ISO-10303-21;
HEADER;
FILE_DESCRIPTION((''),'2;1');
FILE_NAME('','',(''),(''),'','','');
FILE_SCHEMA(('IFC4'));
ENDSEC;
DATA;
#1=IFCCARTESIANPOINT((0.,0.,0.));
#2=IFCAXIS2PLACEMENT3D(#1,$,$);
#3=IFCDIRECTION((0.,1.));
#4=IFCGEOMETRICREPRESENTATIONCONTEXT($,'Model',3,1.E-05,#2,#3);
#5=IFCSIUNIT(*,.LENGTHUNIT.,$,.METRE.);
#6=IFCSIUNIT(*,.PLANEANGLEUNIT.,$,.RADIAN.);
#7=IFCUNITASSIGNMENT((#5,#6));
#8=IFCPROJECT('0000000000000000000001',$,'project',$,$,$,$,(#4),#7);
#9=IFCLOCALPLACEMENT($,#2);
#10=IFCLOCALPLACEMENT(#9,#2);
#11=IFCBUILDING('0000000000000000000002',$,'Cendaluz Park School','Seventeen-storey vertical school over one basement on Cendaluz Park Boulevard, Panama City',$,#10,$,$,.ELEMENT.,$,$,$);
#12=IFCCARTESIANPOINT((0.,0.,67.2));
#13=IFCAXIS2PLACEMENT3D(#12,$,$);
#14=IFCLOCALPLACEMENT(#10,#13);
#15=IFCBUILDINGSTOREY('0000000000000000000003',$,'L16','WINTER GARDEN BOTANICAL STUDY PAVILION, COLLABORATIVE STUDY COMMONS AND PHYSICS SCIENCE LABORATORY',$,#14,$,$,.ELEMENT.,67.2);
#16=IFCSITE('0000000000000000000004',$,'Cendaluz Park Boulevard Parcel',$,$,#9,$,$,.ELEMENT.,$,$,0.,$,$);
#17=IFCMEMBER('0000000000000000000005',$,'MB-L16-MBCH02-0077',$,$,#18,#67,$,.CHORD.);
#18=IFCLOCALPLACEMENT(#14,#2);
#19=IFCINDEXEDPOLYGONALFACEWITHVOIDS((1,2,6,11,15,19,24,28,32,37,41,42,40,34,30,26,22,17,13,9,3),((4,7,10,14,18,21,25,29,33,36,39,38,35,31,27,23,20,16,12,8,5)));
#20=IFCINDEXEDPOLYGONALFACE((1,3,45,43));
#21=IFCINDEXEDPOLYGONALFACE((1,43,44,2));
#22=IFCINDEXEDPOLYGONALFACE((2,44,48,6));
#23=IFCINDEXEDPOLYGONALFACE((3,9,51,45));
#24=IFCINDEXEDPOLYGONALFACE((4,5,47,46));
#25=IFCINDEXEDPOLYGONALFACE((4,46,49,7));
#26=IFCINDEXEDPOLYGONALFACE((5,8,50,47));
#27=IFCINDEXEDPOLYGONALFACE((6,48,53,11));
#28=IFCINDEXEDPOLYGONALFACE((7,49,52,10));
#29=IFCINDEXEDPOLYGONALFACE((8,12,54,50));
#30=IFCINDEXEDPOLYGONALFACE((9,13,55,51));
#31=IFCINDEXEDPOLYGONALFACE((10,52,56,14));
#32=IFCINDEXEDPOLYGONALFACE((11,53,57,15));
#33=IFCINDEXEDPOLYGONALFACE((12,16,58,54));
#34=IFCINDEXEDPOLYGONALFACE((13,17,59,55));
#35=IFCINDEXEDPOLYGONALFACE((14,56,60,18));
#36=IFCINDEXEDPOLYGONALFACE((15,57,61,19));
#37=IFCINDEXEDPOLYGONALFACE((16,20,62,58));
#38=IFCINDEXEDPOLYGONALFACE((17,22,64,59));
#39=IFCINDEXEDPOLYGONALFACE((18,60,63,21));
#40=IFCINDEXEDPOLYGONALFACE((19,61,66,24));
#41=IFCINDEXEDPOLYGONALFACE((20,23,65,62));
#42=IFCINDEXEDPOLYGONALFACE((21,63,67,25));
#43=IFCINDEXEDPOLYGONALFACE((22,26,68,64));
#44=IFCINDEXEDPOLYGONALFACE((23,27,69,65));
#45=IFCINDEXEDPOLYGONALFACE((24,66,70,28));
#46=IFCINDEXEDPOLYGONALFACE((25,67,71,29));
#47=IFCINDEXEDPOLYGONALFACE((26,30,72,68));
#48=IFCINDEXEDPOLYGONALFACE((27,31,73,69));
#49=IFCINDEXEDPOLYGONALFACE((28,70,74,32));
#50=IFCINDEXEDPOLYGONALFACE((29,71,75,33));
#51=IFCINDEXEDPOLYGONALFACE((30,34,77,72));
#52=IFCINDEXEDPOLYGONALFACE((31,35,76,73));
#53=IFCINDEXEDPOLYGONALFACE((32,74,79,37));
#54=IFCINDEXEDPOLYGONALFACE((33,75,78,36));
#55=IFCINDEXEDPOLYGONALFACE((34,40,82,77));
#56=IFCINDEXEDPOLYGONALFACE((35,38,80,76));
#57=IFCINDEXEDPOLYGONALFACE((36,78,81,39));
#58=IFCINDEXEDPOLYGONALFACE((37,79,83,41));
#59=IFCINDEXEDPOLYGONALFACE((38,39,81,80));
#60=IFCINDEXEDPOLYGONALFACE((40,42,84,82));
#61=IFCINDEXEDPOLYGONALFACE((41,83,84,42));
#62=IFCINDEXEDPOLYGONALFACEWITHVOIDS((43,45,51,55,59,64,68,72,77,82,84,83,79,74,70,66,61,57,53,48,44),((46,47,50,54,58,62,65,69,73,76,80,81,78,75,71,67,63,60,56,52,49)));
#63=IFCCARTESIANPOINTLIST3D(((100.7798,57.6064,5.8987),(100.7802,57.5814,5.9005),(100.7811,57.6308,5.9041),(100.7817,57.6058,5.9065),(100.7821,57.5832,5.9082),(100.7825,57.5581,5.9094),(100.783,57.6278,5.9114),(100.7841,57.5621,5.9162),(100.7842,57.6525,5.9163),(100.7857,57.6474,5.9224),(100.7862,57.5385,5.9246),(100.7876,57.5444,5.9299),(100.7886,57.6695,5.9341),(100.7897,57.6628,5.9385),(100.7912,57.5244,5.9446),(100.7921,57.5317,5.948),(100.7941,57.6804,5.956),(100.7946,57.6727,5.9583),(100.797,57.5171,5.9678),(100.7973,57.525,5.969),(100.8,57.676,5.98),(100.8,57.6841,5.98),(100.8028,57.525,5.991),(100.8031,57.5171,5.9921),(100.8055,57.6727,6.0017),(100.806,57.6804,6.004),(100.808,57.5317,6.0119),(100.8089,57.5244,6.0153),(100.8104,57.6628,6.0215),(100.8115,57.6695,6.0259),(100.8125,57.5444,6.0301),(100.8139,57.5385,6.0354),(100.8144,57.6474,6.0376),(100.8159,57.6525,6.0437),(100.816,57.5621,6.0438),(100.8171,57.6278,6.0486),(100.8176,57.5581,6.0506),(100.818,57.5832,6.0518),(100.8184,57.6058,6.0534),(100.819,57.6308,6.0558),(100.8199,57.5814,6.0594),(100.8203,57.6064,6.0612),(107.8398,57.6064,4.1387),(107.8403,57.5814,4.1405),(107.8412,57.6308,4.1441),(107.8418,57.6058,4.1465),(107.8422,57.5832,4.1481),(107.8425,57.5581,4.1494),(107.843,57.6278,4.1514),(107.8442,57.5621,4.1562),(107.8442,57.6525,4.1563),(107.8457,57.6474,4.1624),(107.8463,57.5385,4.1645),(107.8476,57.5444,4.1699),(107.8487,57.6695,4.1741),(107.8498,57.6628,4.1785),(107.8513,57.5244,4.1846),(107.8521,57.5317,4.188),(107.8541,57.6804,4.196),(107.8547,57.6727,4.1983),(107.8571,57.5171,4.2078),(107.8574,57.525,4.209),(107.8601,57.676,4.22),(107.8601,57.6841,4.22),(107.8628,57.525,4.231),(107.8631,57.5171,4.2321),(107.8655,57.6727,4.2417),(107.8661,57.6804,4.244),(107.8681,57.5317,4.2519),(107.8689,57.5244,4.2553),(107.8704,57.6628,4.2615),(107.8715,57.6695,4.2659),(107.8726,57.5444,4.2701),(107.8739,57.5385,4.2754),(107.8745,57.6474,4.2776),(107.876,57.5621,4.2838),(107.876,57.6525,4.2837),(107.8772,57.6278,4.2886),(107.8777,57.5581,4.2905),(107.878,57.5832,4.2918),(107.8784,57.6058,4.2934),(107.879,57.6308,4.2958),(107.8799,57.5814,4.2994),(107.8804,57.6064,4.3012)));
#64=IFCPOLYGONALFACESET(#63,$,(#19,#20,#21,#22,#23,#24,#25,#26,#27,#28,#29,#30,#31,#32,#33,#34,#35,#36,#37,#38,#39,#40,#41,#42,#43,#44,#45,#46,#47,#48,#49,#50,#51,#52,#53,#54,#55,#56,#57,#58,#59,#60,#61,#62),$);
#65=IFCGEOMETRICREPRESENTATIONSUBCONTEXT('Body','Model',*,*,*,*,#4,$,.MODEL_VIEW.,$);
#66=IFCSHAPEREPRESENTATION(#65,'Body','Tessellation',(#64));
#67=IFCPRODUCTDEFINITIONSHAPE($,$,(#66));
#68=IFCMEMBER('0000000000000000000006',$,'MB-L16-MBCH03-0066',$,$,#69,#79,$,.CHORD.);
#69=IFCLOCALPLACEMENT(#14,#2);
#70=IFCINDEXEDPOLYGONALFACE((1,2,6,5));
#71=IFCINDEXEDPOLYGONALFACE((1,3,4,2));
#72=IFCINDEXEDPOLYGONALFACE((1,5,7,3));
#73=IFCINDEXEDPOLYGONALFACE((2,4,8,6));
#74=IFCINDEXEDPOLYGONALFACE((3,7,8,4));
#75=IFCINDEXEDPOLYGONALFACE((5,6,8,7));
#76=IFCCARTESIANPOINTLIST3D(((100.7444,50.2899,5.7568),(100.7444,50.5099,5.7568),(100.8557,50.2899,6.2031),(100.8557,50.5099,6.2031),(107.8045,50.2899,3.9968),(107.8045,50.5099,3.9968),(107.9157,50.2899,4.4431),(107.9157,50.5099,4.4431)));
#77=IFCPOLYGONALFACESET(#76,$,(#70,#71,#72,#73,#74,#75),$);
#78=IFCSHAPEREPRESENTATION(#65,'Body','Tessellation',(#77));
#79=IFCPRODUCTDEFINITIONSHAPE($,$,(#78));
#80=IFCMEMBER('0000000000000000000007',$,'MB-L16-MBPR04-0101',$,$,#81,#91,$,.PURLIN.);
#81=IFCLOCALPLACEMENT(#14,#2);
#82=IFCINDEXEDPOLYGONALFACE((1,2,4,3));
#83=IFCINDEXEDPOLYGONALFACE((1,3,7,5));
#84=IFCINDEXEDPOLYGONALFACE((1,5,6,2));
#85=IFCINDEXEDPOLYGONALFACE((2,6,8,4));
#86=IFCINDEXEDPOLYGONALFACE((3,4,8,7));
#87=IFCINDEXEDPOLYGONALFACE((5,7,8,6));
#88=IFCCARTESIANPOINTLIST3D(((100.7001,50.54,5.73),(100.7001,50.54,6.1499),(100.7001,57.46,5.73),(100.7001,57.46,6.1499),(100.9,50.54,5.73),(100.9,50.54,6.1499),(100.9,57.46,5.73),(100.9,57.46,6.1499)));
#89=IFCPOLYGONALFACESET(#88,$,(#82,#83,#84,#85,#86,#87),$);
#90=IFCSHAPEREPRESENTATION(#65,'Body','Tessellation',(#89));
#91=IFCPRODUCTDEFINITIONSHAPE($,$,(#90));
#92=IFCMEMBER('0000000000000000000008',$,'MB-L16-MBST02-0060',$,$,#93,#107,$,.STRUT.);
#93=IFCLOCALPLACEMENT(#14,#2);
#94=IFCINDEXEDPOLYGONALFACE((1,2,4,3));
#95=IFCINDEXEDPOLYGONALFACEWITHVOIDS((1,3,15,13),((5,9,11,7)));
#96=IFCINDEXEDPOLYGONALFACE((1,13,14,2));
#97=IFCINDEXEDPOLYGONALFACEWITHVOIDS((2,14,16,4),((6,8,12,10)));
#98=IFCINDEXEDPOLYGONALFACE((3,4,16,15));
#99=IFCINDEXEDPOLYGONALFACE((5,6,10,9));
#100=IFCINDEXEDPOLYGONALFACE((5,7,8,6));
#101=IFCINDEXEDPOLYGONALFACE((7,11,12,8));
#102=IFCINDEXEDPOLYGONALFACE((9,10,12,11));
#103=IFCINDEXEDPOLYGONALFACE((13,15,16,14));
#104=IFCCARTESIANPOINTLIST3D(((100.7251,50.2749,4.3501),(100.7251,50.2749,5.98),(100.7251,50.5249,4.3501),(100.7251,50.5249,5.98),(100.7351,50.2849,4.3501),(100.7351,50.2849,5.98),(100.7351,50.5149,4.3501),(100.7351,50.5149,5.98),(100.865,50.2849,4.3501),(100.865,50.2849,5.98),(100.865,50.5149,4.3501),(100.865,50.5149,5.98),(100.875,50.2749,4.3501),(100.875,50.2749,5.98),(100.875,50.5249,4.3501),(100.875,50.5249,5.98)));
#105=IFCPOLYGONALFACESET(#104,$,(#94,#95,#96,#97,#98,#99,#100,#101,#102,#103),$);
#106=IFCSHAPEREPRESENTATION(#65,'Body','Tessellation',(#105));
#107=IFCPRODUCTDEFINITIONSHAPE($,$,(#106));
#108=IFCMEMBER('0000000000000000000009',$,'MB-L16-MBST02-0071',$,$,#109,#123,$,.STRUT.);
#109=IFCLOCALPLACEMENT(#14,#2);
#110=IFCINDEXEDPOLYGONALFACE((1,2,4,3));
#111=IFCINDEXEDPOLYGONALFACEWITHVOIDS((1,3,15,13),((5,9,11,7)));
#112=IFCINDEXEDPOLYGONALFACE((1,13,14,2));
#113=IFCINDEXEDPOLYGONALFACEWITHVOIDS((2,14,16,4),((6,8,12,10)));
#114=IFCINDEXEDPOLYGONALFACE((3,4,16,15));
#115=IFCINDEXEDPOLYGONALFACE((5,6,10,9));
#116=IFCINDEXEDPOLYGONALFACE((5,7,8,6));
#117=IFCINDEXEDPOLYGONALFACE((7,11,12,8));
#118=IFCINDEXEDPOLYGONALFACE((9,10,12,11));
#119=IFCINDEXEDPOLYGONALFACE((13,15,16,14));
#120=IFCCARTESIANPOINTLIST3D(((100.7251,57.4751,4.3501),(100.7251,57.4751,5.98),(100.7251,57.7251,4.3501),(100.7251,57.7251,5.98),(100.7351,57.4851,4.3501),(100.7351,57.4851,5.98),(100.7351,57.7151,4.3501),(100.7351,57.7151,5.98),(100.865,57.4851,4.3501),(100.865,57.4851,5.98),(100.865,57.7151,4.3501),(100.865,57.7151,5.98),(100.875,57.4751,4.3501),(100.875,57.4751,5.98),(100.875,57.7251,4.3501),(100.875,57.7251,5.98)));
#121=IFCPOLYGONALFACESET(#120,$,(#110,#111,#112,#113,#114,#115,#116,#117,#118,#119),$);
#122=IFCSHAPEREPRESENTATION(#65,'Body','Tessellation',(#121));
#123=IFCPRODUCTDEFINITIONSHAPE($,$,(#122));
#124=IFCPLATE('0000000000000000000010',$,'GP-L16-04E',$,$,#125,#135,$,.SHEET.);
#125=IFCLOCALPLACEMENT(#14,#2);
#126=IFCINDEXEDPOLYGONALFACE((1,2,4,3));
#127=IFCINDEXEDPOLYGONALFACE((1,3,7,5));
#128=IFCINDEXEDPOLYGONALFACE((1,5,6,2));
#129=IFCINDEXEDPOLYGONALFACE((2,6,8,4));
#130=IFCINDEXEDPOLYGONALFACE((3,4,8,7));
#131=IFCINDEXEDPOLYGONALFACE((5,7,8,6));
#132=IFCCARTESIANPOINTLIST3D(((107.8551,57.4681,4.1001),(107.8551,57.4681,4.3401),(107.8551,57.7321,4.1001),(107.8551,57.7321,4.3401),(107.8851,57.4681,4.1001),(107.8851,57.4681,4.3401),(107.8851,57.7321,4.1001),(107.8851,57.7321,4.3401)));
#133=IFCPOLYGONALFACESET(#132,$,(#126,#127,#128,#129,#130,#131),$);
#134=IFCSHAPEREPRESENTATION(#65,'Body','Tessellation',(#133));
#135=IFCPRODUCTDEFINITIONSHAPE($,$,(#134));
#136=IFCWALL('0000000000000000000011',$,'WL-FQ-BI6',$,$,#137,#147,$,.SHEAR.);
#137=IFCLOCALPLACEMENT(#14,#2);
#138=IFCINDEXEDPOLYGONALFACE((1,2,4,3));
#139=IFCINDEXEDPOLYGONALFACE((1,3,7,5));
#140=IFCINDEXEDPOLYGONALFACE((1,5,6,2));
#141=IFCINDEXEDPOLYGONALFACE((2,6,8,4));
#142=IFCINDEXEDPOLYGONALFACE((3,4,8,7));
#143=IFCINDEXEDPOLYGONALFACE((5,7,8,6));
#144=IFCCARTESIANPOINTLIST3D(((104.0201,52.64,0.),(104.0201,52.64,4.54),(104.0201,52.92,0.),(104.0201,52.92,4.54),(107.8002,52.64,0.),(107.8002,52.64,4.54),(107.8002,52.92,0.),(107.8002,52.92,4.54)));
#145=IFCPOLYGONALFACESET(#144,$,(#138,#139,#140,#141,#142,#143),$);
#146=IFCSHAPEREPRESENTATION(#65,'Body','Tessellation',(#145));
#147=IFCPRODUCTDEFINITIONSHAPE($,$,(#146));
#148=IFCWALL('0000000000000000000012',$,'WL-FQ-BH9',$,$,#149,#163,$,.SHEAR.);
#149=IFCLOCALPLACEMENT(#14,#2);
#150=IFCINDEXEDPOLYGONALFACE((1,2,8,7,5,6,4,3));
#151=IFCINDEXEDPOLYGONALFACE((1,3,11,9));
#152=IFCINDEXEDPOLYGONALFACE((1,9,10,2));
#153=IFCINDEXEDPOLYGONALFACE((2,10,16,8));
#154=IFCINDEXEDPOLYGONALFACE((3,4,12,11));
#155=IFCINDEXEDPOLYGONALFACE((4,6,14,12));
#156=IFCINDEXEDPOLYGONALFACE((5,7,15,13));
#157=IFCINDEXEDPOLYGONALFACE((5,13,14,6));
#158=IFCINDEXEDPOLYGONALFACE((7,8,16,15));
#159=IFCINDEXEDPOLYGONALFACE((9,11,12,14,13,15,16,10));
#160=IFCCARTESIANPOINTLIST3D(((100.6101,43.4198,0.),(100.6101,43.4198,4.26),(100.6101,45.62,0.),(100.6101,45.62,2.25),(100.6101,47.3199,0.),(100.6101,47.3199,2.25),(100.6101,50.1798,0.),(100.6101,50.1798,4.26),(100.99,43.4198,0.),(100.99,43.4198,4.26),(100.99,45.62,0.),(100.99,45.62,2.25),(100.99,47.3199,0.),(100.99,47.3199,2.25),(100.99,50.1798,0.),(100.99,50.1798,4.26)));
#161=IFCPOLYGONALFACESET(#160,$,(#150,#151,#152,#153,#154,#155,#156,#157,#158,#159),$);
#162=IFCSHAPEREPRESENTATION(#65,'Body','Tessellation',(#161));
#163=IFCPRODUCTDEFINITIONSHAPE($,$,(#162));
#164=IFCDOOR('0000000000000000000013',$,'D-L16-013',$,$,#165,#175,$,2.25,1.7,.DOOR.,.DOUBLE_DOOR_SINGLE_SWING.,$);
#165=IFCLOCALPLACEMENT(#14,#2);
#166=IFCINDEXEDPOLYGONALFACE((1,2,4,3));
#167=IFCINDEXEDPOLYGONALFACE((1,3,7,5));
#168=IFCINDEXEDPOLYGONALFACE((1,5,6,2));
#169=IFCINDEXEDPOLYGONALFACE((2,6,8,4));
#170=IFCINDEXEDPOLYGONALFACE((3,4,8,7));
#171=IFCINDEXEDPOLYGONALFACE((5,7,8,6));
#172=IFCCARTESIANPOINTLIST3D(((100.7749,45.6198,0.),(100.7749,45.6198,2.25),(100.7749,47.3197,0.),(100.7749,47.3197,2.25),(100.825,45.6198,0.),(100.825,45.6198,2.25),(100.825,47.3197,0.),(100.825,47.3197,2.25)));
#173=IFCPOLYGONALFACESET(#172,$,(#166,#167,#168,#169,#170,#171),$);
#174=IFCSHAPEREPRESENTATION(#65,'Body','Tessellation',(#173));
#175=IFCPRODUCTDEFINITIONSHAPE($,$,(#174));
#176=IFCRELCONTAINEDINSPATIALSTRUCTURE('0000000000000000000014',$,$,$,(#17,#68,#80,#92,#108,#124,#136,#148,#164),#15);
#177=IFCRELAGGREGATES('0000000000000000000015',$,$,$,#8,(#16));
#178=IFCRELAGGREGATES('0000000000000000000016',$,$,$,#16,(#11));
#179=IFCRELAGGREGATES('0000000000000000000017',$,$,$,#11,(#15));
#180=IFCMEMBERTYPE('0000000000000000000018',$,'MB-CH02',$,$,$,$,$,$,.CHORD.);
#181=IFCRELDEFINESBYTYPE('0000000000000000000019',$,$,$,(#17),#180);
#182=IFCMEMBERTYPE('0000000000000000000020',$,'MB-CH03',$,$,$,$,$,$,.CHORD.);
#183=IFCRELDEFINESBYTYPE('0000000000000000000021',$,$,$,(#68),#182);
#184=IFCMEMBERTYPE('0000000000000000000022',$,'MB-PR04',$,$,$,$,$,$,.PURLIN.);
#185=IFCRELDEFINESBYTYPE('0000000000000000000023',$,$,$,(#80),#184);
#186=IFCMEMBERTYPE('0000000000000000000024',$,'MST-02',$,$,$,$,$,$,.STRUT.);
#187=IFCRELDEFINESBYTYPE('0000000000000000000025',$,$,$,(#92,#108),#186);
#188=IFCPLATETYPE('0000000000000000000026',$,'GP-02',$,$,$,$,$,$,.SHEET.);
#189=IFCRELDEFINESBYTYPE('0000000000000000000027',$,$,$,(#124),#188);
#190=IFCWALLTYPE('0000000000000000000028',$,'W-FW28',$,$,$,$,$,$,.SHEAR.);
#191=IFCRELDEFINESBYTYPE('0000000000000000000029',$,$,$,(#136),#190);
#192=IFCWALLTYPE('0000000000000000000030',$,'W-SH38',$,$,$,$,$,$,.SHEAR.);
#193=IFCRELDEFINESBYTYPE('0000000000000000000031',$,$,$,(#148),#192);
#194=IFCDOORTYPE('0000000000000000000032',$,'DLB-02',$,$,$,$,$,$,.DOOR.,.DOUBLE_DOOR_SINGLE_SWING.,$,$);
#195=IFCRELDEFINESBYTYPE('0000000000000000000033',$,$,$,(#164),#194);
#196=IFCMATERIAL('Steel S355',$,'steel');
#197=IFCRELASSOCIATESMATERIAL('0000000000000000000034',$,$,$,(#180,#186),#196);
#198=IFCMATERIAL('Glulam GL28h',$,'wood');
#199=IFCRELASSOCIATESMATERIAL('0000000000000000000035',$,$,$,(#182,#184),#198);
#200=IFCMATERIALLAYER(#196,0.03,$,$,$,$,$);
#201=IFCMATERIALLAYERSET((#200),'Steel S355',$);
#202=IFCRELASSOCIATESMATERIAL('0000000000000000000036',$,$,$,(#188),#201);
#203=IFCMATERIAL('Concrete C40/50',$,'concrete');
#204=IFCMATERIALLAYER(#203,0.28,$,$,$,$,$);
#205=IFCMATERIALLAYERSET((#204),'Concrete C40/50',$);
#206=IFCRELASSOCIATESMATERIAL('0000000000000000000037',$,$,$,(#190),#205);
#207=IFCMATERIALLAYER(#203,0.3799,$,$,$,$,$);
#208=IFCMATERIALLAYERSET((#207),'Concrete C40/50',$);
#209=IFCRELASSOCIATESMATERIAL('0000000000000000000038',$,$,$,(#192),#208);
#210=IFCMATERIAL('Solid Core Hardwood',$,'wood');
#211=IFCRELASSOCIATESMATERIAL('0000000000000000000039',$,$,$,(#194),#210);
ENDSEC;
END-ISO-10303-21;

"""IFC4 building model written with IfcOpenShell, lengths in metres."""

from ifc_helpers import new_model, si_unit, direction, frame, frame_2d, origin, origin_2d, place, context, subcontext, project, spatial, rectangle, hollow_rectangle, hollow_circle, extrude, material, layer, layer_set, material_profile, profile_set, type_object, element, fill, save


model = new_model("IFC4")

# Units and contexts
model_context = context("Model", 3, precision=1e-05, world=origin(), true_north=direction((0.0, 1.0)))
body_context = subcontext(model_context, "Body", "Model", "MODEL_VIEW")
ifc_project = project(units=[si_unit("LENGTHUNIT", "METRE"), si_unit("PLANEANGLEUNIT", "RADIAN")], contexts=[model_context])

# Site, building, storey
site_placement = place(None, origin())
site = spatial("IfcSite", under=ifc_project, at=site_placement, Name="Cendaluz Park Boulevard Parcel", CompositionType="ELEMENT", RefElevation=0.0)
building_placement = place(site_placement, origin())
building = spatial("IfcBuilding", under=site, at=building_placement, Name="Cendaluz Park School", Description="Seventeen-storey vertical school over one basement on Cendaluz Park Boulevard, Panama City", CompositionType="ELEMENT")
storey_placement = place(building_placement, frame((0.0, 0.0, 67.2)))
storey = spatial("IfcBuildingStorey", under=building, at=storey_placement, Name="L16", Description="WINTER GARDEN BOTANICAL STUDY PAVILION, COLLABORATIVE STUDY COMMONS AND PHYSICS SCIENCE LABORATORY", CompositionType="ELEMENT", Elevation=67.2)

# Shared definitions
ifc_material_1 = material(Name="Steel S355", Category="steel")

# Members
ifc_material_profile_1 = material_profile(ifc_material_1, hollow_circle(Radius=0.084, WallThickness=0.0081, at=origin_2d()), Name="CHS 168x8", Category="steel")
ifc_profile_set_1 = profile_set([ifc_material_profile_1], Name="Steel S355")
member_type_1 = type_object("IfcMemberType", Name="MB-CH02", PredefinedType="CHORD", material=ifc_profile_set_1)
member_1_placement = place(storey_placement, frame((100.8, 57.6001, 5.98), z_axis=(0.970304, 0.0, -0.241888), x_axis=(0.0, 1.0, 0.0)))
element("IfcMember", 1, at=member_1_placement, inside=storey, type_object=member_type_1, Name="MB-L16-MBCH02-0077", PredefinedType="CHORD", context=body_context, shape_type="SweptSolid", body=[
    extrude(hollow_circle(Radius=0.084, WallThickness=0.0081, at=origin_2d()), origin(), (0.0, 0.0, 1.0), 7.2761),
])
ifc_material_2 = material(Name="Glulam GL28h", Category="wood")
ifc_material_profile_2 = material_profile(ifc_material_2, rectangle(XDim=0.22, YDim=0.46, at=origin_2d()), Name="GL28h 220x460", Category="wood")
ifc_profile_set_2 = profile_set([ifc_material_profile_2], Name="Glulam GL28h")
member_type_2 = type_object("IfcMemberType", Name="MB-CH03", PredefinedType="CHORD", material=ifc_profile_set_2)
member_2_placement = place(storey_placement, frame((100.8, 50.3999, 5.98), z_axis=(0.970304, 0.0, -0.241888), x_axis=(0.0, 1.0, 0.0)))
element("IfcMember", 2, at=member_2_placement, inside=storey, type_object=member_type_2, Name="MB-L16-MBCH03-0066", PredefinedType="CHORD", context=body_context, shape_type="SweptSolid", body=[
    extrude(rectangle(XDim=0.22, YDim=0.46, at=origin_2d()), origin(), (0.0, 0.0, 1.0), 7.2761),
])
ifc_material_profile_3 = material_profile(ifc_material_2, rectangle(XDim=0.2, YDim=0.4199, at=origin_2d()), Name="GL28h 200x420", Category="wood")
ifc_profile_set_3 = profile_set([ifc_material_profile_3], Name="Glulam GL28h")
member_type_3 = type_object("IfcMemberType", Name="MB-PR04", PredefinedType="PURLIN", material=ifc_profile_set_3)
member_3_placement = place(storey_placement, frame((100.8, 50.54, 5.9399), z_axis=(0.0, 1.0, 0.0), x_axis=(-1.0, 0.0, 0.0)))
element("IfcMember", 3, at=member_3_placement, inside=storey, type_object=member_type_3, Name="MB-L16-MBPR04-0101", PredefinedType="PURLIN", context=body_context, shape_type="SweptSolid", body=[
    extrude(rectangle(XDim=0.2, YDim=0.4199, at=origin_2d()), origin(), (0.0, 0.0, 1.0), 6.9199),
])
ifc_material_profile_4 = material_profile(ifc_material_1, hollow_rectangle(XDim=0.1499, YDim=0.25, WallThickness=0.01, at=origin_2d()), Name="RHS 250x150x10", Category="steel")
ifc_profile_set_4 = profile_set([ifc_material_profile_4], Name="Steel S355")
member_type_4 = type_object("IfcMemberType", Name="MST-02", PredefinedType="STRUT", material=ifc_profile_set_4)
for number, where, z_axis, x_axis, name in (
    (4, (100.8, 50.3999, 4.3501), (0.0, 0.0, 1.0), (1.0, 0.0, 0.0), "MB-L16-MBST02-0060"),
    (5, (100.8, 57.6001, 4.3501), (0.0, 0.0, 1.0), (1.0, 0.0, 0.0), "MB-L16-MBST02-0071"),
):
    element("IfcMember", number, at=place(storey_placement, frame(where, z_axis=z_axis, x_axis=x_axis)), inside=storey, type_object=member_type_4, Name=name, PredefinedType="STRUT", context=body_context, shape_type="SweptSolid", body=[
        extrude(hollow_rectangle(XDim=0.1499, YDim=0.25, WallThickness=0.01, at=origin_2d()), origin(), (0.0, 0.0, 1.0), 1.6299),
    ])

# Plate
ifc_layer_1 = layer(ifc_material_1, 0.03)
ifc_layer_set_1 = layer_set([ifc_layer_1], Name="Steel S355")
plate_type = type_object("IfcPlateType", Name="GP-02", PredefinedType="SHEET", material=ifc_layer_set_1)
plate_placement = place(storey_placement, frame((107.8701, 57.6001, 4.1001), z_axis=(0.0, 0.0, 1.0), x_axis=(1.0, 0.0, 0.0)))
element("IfcPlate", 6, at=plate_placement, inside=storey, type_object=plate_type, Name="GP-L16-04E", PredefinedType="SHEET", context=body_context, shape_type="SweptSolid", body=[
    extrude(rectangle(XDim=0.03, YDim=0.2639, at=origin_2d()), origin(), (0.0, 0.0, 1.0), 0.24),
])

# Wall
ifc_material_3 = material(Name="Concrete C40/50", Category="concrete")
ifc_layer_2 = layer(ifc_material_3, 0.28)
ifc_layer_set_2 = layer_set([ifc_layer_2], Name="Concrete C40/50")
wall_type_1 = type_object("IfcWallType", Name="W-FW28", PredefinedType="SHEAR", material=ifc_layer_set_2)
wall_1_placement = place(storey_placement, frame((104.02, 52.78, 0.0), z_axis=(0.0, 0.0, 1.0), x_axis=(1.0, 0.0, 0.0)))
element("IfcWall", 7, at=wall_1_placement, inside=storey, type_object=wall_type_1, Name="WL-FQ-BI6", PredefinedType="SHEAR", context=body_context, shape_type="SweptSolid", body=[
    extrude(rectangle(XDim=3.78, YDim=0.28, at=frame_2d((1.8901, 0.0))), origin(), (0.0, 0.0, 1.0), 4.54),
])

# Wall, opening, door
ifc_material_4 = material(Name="Solid Core Hardwood", Category="wood")
ifc_layer_3 = layer(ifc_material_3, 0.3799)
ifc_layer_set_3 = layer_set([ifc_layer_3], Name="Concrete C40/50")
wall_type_2 = type_object("IfcWallType", Name="W-SH38", PredefinedType="SHEAR", material=ifc_layer_set_3)
wall_2_placement = place(storey_placement, frame((100.8, 43.4199, 0.0), z_axis=(0.0, 0.0, 1.0), x_axis=(0.0, 1.0, 0.0)))
wall_2 = element("IfcWall", 8, at=wall_2_placement, inside=storey, type_object=wall_type_2, Name="WL-FQ-BH9", PredefinedType="SHEAR", context=body_context, shape_type="SweptSolid", body=[
    extrude(rectangle(XDim=6.76, YDim=0.3799, at=frame_2d((3.3799, 0.0))), origin(), (0.0, 0.0, 1.0), 4.26),
])
opening_1_placement = place(wall_2_placement, frame((2.2, 0.0, 0.0)))
opening_1 = element("IfcOpeningElement", 9, at=opening_1_placement, cuts=wall_2, PredefinedType="OPENING", context=body_context, shape_type="SweptSolid", body=[
    extrude(rectangle(XDim=1.7, YDim=2.25, at=frame_2d((0.8501, 1.125))), frame((0.0, 0.2019, 0.0), z_axis=(0.0, -1.0, 0.0), x_axis=(1.0, 0.0, 0.0)), (0.0, 0.0, 1.0), 0.4038),
])
door_type_1 = type_object("IfcDoorType", Name="DLB-02", OperationType="DOUBLE_DOOR_SINGLE_SWING", PredefinedType="DOOR", material=ifc_material_4)
door_1_placement = place(opening_1_placement, frame((1.7, 0.0, 0.0), z_axis=(0.0, 0.0, 1.0), x_axis=(-1.0, 0.0, 0.0)))
door_1 = element("IfcDoor", 10, at=door_1_placement, inside=storey, type_object=door_type_1, Name="D-L16-013", OperationType="DOUBLE_DOOR_SINGLE_SWING", OverallHeight=2.25, OverallWidth=1.7, PredefinedType="DOOR", context=body_context, shape_type="SweptSolid", body=[
    extrude(rectangle(XDim=1.7, YDim=2.25, at=frame_2d((0.8501, 1.125))), frame((0.0, 0.0249, 0.0), z_axis=(0.0, -1.0, 0.0), x_axis=(1.0, 0.0, 0.0)), (0.0, 0.0, 1.0), 0.05),
])
fill(opening_1, door_1)

save(model, "model.ifc")
